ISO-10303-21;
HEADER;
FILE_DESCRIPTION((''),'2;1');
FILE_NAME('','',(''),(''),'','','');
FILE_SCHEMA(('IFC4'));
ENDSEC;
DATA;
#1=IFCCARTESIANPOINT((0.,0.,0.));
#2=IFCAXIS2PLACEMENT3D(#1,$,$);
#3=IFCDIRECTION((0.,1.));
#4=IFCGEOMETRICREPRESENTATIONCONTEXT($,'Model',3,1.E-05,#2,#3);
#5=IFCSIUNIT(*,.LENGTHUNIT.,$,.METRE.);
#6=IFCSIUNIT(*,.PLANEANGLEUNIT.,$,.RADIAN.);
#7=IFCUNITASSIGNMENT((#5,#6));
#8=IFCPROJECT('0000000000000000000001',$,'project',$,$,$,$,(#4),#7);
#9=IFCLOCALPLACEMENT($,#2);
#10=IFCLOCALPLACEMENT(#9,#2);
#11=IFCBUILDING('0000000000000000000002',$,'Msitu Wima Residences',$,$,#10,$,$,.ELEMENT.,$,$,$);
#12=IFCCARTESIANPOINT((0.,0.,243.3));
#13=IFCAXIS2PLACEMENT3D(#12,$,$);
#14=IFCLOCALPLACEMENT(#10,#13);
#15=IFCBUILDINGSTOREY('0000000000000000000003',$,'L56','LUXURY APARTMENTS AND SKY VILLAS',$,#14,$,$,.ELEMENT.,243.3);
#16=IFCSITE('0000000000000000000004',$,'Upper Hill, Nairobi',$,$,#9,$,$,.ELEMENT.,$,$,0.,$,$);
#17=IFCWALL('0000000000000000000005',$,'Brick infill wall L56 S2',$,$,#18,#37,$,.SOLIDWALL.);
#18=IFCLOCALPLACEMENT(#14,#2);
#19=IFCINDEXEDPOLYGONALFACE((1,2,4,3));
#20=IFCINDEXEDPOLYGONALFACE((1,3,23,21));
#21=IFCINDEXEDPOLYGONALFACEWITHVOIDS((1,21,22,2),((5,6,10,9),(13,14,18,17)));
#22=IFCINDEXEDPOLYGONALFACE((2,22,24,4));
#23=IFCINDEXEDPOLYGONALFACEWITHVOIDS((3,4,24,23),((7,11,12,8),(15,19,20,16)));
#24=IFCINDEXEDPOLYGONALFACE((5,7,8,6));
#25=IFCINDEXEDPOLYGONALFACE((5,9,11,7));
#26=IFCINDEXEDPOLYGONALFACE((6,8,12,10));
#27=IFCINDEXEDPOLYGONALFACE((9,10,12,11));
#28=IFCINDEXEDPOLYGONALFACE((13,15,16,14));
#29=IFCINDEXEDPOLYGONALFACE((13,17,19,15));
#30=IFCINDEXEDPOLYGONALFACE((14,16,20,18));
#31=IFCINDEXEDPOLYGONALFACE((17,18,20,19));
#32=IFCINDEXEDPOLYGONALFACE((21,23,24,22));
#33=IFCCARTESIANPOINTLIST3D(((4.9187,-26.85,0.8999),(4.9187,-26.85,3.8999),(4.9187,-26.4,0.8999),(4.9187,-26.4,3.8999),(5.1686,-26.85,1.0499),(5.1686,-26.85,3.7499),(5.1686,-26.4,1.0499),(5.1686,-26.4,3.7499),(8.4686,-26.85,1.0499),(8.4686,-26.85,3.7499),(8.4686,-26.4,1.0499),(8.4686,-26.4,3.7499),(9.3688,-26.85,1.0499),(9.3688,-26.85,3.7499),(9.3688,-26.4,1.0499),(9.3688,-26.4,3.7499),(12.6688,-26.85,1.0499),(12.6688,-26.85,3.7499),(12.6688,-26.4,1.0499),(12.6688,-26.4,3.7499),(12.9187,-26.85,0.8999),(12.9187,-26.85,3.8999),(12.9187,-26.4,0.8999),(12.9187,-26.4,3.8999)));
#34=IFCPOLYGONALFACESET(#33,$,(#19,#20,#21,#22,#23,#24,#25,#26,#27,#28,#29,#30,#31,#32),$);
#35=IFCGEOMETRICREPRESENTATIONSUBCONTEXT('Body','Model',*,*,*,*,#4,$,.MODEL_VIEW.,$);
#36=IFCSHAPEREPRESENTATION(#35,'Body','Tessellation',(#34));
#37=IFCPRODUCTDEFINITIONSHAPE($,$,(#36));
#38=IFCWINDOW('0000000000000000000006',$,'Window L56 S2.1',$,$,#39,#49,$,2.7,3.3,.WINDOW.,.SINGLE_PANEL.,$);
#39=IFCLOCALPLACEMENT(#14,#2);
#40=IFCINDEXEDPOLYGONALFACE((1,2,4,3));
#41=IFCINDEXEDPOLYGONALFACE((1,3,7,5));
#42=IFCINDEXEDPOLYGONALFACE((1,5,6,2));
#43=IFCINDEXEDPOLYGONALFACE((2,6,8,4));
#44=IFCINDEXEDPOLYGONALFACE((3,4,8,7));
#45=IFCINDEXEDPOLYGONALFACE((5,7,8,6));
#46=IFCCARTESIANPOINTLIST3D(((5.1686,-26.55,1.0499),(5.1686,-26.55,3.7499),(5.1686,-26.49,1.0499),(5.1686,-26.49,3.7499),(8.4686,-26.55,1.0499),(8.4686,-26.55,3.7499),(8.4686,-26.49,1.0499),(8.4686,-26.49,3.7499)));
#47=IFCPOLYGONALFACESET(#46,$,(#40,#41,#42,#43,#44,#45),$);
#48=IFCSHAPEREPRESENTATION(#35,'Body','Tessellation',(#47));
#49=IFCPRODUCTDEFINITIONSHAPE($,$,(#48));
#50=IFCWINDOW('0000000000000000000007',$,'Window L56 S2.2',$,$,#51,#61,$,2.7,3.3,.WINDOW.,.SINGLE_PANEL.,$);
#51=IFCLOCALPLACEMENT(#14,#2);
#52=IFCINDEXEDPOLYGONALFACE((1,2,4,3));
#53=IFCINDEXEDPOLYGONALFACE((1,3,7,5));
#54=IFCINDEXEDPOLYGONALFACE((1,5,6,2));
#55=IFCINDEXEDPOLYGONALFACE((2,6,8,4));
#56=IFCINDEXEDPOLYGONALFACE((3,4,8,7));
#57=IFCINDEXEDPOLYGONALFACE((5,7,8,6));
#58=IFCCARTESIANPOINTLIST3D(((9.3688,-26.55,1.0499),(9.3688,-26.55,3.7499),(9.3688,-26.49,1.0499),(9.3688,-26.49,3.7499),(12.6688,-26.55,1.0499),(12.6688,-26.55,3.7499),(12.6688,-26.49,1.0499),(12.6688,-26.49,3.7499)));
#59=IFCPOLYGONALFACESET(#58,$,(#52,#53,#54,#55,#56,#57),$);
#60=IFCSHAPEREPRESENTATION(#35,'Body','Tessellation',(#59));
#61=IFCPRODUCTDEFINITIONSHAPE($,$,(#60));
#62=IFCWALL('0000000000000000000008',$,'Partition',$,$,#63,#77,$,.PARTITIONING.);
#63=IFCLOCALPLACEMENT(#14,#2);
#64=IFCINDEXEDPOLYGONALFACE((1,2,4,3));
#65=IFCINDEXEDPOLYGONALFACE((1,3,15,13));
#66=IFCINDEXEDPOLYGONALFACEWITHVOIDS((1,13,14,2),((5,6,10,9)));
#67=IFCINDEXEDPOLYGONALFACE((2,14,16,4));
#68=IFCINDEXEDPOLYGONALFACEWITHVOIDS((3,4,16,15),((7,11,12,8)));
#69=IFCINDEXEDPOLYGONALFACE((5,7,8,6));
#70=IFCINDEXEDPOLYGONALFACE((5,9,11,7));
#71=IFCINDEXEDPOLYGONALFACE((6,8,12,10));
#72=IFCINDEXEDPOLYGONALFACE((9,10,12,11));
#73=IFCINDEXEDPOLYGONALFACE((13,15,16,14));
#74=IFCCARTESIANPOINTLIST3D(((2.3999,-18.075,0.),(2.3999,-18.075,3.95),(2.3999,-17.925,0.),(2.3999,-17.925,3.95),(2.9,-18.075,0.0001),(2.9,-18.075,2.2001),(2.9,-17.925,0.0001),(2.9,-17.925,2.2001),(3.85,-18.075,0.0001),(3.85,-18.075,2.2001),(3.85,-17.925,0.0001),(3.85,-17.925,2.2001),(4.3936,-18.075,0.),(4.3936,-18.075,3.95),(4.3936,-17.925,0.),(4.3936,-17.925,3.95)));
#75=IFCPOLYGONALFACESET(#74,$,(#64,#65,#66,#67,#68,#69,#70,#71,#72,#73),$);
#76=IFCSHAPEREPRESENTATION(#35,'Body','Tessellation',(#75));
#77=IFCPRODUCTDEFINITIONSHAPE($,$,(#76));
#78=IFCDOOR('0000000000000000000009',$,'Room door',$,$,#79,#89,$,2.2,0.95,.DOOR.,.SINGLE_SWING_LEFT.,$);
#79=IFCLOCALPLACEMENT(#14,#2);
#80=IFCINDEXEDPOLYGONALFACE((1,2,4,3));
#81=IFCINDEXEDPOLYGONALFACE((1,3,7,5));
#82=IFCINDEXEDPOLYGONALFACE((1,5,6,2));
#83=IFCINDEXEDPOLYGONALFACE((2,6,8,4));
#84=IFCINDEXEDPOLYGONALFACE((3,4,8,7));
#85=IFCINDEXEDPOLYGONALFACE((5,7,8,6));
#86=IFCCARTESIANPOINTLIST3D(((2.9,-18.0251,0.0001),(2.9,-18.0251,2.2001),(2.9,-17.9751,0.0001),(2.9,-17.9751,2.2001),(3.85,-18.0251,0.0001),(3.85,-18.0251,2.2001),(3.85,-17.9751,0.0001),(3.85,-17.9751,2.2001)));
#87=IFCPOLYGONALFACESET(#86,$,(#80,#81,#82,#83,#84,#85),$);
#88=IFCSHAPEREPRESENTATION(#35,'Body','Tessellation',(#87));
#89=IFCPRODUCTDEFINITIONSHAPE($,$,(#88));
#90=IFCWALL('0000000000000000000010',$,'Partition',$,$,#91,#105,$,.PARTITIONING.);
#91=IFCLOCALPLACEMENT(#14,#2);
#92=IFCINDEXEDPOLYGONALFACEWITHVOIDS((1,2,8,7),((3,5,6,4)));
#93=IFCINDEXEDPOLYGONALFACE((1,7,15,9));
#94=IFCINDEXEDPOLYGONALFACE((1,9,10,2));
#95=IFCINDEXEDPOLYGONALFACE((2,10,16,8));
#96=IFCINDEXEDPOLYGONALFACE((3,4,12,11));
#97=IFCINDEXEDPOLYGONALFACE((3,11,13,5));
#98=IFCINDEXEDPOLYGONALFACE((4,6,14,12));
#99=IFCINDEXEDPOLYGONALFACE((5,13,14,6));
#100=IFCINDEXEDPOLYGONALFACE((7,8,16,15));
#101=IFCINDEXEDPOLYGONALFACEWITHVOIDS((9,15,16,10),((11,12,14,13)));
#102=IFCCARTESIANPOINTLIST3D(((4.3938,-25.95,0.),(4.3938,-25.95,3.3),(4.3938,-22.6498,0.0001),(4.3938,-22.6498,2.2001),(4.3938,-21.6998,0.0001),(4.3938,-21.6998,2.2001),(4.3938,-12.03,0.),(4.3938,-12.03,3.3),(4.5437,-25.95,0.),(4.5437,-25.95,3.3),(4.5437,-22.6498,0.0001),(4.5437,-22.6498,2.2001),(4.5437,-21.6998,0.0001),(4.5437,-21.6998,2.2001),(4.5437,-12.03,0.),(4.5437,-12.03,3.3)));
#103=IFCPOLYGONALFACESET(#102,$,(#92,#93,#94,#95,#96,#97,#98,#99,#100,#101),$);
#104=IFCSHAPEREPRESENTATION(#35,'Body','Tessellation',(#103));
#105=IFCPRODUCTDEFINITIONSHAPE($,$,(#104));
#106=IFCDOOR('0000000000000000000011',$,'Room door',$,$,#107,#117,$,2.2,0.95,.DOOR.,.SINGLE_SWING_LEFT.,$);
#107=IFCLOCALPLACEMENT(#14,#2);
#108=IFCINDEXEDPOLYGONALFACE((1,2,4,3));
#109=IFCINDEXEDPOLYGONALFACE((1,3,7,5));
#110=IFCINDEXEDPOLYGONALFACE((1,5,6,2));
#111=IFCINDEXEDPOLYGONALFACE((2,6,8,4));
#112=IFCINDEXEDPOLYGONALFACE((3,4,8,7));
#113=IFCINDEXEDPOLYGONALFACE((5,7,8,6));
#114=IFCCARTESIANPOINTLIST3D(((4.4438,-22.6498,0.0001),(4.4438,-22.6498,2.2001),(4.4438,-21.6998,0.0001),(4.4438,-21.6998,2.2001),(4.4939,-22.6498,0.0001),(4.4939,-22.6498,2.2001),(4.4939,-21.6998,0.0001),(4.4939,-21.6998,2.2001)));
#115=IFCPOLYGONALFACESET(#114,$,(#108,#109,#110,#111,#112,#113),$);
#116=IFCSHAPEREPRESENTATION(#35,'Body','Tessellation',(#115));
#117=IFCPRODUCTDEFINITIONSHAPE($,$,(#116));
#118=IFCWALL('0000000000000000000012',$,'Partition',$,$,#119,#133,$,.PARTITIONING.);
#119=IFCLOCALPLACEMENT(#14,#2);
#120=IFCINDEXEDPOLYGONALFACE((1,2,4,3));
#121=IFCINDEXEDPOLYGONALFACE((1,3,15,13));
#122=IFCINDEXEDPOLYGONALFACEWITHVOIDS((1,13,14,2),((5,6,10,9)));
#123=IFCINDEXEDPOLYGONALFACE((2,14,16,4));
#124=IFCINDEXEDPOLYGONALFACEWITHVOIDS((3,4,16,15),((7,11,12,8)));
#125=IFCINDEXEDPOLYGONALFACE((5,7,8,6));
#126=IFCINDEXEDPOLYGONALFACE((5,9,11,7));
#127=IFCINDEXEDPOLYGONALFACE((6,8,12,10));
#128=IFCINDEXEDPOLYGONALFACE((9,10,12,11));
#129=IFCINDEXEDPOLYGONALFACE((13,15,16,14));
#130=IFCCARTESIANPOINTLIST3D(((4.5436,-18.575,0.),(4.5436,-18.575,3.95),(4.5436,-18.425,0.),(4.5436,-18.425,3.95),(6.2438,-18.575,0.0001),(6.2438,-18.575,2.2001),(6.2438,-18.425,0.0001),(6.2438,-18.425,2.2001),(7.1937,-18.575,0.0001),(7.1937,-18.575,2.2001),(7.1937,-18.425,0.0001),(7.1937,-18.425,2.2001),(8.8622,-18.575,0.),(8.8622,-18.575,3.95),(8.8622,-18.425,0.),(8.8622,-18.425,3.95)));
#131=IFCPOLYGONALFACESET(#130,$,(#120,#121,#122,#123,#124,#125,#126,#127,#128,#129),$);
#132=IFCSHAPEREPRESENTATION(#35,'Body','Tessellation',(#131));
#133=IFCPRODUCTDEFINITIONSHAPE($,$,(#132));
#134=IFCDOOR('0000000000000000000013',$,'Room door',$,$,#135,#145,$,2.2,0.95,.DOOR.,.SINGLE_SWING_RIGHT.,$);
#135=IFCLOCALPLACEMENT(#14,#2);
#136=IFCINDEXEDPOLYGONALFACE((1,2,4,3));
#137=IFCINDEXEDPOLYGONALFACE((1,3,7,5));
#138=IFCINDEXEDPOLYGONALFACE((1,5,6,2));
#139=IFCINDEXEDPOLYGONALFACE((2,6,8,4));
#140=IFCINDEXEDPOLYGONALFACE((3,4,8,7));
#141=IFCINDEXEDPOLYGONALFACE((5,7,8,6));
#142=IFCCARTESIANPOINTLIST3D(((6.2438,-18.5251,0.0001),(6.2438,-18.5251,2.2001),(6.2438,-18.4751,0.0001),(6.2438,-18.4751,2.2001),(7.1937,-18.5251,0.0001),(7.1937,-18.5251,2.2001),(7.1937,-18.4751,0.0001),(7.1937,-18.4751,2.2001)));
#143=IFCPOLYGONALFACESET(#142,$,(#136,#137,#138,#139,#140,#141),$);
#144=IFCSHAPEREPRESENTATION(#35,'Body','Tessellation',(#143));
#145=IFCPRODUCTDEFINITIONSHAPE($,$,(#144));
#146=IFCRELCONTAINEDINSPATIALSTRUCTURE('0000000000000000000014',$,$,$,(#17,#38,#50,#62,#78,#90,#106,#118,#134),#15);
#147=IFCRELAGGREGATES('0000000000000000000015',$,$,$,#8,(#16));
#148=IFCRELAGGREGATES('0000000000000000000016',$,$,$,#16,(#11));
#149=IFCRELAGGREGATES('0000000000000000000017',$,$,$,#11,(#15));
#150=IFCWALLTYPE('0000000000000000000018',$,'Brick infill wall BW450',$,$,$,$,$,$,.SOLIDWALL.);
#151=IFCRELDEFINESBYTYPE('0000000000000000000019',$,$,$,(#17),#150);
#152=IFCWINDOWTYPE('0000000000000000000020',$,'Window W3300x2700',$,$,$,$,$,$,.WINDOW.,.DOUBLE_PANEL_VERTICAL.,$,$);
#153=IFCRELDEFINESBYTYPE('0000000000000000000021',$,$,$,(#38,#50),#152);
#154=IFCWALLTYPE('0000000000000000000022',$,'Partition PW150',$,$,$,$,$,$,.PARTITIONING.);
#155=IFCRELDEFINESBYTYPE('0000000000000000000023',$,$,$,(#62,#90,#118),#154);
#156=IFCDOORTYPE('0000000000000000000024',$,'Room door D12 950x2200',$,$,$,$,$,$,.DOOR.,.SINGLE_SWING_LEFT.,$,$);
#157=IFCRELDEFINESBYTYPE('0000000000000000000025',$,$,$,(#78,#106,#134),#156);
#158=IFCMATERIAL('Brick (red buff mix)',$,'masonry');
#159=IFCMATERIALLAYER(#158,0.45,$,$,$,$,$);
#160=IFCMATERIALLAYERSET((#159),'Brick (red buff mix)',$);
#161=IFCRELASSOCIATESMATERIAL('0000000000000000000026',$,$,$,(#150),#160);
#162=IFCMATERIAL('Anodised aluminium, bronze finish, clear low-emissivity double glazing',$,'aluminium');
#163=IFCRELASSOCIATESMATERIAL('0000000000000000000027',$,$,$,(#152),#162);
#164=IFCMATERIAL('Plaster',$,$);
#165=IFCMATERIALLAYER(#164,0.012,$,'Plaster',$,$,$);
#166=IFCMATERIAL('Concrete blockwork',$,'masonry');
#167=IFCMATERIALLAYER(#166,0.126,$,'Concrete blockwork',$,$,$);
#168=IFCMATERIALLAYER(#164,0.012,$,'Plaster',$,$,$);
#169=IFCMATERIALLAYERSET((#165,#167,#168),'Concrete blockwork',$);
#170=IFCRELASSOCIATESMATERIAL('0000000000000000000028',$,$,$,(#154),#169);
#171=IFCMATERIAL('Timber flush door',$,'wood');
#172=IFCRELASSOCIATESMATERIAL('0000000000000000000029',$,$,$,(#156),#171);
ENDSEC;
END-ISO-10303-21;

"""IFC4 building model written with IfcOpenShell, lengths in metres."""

from ifc_helpers import new_model, si_unit, direction, frame, frame_2d, origin, place, context, subcontext, project, spatial, rectangle, extrude, material, layer, layer_set, type_object, element, fill, save


model = new_model("IFC4")

# Units and contexts
model_context = context("Model", 3, precision=1e-05, world=origin(), true_north=direction((0.0, 1.0)))
body_context = subcontext(model_context, "Body", "Model", "MODEL_VIEW")
ifc_project = project(units=[si_unit("LENGTHUNIT", "METRE"), si_unit("PLANEANGLEUNIT", "RADIAN")], contexts=[model_context])

# Site, building, storey
site_placement = place(None, origin())
site = spatial("IfcSite", under=ifc_project, at=site_placement, Name="Upper Hill, Nairobi", CompositionType="ELEMENT", RefElevation=0.0)
building_placement = place(site_placement, origin())
building = spatial("IfcBuilding", under=site, at=building_placement, Name="Msitu Wima Residences", CompositionType="ELEMENT")
storey_placement = place(building_placement, frame((0.0, 0.0, 243.3)))
storey = spatial("IfcBuildingStorey", under=building, at=storey_placement, Name="L56", Description="LUXURY APARTMENTS AND SKY VILLAS", CompositionType="ELEMENT", Elevation=243.3)

# Wall, openings, windows
ifc_material_1 = material(Name="Brick (red buff mix)", Category="masonry")
ifc_layer_1 = layer(ifc_material_1, 0.45)
ifc_layer_set_1 = layer_set([ifc_layer_1], Name="Brick (red buff mix)")
wall_type_1 = type_object("IfcWallType", Name="Brick infill wall BW450", PredefinedType="SOLIDWALL", material=ifc_layer_set_1)
wall_1_placement = place(storey_placement, frame((4.9187, -26.625, 0.8999), z_axis=(0.0, 0.0, 1.0), x_axis=(1.0, 0.0, 0.0)))
wall_1 = element("IfcWall", 1, at=wall_1_placement, inside=storey, type_object=wall_type_1, Name="Brick infill wall L56 S2", PredefinedType="SOLIDWALL", context=body_context, shape_type="SweptSolid", body=[
    extrude(rectangle(XDim=8.0, YDim=0.45, at=frame_2d((4.0, 0.0))), origin(), (0.0, 0.0, 1.0), 3.0),
])
opening_1_placement = place(wall_1_placement, frame((0.25, 0.0, 0.1499)))
opening_1 = element("IfcOpeningElement", 2, at=opening_1_placement, cuts=wall_1, PredefinedType="OPENING", context=body_context, shape_type="SweptSolid", body=[
    extrude(rectangle(XDim=3.3, YDim=2.7, at=frame_2d((1.6499, 1.3501))), frame((0.0, 0.2349, 0.0), z_axis=(0.0, -1.0, 0.0), x_axis=(1.0, 0.0, 0.0)), (0.0, 0.0, 1.0), 0.47),
])
opening_2_placement = place(wall_1_placement, frame((4.4502, 0.0, 0.1499)))
opening_2 = element("IfcOpeningElement", 3, at=opening_2_placement, cuts=wall_1, PredefinedType="OPENING", context=body_context, shape_type="SweptSolid", body=[
    extrude(rectangle(XDim=3.3, YDim=2.7, at=frame_2d((1.6499, 1.3501))), frame((0.0, 0.2349, 0.0), z_axis=(0.0, -1.0, 0.0), x_axis=(1.0, 0.0, 0.0)), (0.0, 0.0, 1.0), 0.47),
])
ifc_material_2 = material(Name="Anodised aluminium, bronze finish, clear low-emissivity double glazing", Category="aluminium")
window_type = type_object("IfcWindowType", Name="Window W3300x2700", PartitioningType="DOUBLE_PANEL_VERTICAL", PredefinedType="WINDOW", material=ifc_material_2)
window_1_placement = place(opening_1_placement, origin())
window_1 = element("IfcWindow", 4, at=window_1_placement, inside=storey, type_object=window_type, Name="Window L56 S2.1", OverallHeight=2.7, OverallWidth=3.3, PartitioningType="SINGLE_PANEL", PredefinedType="WINDOW", context=body_context, shape_type="SweptSolid", body=[
    extrude(rectangle(XDim=3.3, YDim=2.7, at=frame_2d((1.6499, 1.3501))), frame((0.0, 0.135, 0.0), z_axis=(0.0, -1.0, 0.0), x_axis=(1.0, 0.0, 0.0)), (0.0, 0.0, 1.0), 0.0601),
])
fill(opening_1, window_1)
window_2_placement = place(opening_2_placement, origin())
window_2 = element("IfcWindow", 5, at=window_2_placement, inside=storey, type_object=window_type, Name="Window L56 S2.2", OverallHeight=2.7, OverallWidth=3.3, PartitioningType="SINGLE_PANEL", PredefinedType="WINDOW", context=body_context, shape_type="SweptSolid", body=[
    extrude(rectangle(XDim=3.3, YDim=2.7, at=frame_2d((1.6499, 1.3501))), frame((0.0, 0.135, 0.0), z_axis=(0.0, -1.0, 0.0), x_axis=(1.0, 0.0, 0.0)), (0.0, 0.0, 1.0), 0.0601),
])
fill(opening_2, window_2)

# Walls, openings, doors
ifc_material_3 = material(Name="Plaster")
ifc_layer_2 = layer(ifc_material_3, 0.012, Name="Plaster")
ifc_material_4 = material(Name="Concrete blockwork", Category="masonry")
ifc_layer_3 = layer(ifc_material_4, 0.126, Name="Concrete blockwork")
ifc_layer_4 = layer(ifc_material_3, 0.012, Name="Plaster")
ifc_layer_set_2 = layer_set([ifc_layer_2, ifc_layer_3, ifc_layer_4], Name="Concrete blockwork")
wall_type_2 = type_object("IfcWallType", Name="Partition PW150", PredefinedType="PARTITIONING", material=ifc_layer_set_2)
wall_2_placement = place(storey_placement, frame((2.3999, -18.0, 0.0), z_axis=(0.0, 0.0, 1.0), x_axis=(1.0, 0.0, 0.0)))
wall_2 = element("IfcWall", 6, at=wall_2_placement, inside=storey, type_object=wall_type_2, Name="Partition", PredefinedType="PARTITIONING", context=body_context, shape_type="SweptSolid", body=[
    extrude(rectangle(XDim=1.9937, YDim=0.1499, at=frame_2d((0.9968, 0.0))), origin(), (0.0, 0.0, 1.0), 3.95),
])
opening_3_placement = place(wall_2_placement, frame((0.5, 0.0, 0.0)))
opening_3 = element("IfcOpeningElement", 7, at=opening_3_placement, cuts=wall_2, PredefinedType="OPENING", context=body_context, shape_type="SweptSolid", body=[
    extrude(rectangle(XDim=0.95, YDim=2.2, at=frame_2d((0.4751, 1.1001))), frame((0.0, 0.085, 0.0), z_axis=(0.0, -1.0, 0.0), x_axis=(1.0, 0.0, 0.0)), (0.0, 0.0, 1.0), 0.1699),
])
ifc_material_5 = material(Name="Timber flush door", Category="wood")
door_type_1 = type_object("IfcDoorType", Name="Room door D12 950x2200", OperationType="SINGLE_SWING_LEFT", PredefinedType="DOOR", material=ifc_material_5)
door_1_placement = place(opening_3_placement, origin())
door_1 = element("IfcDoor", 8, at=door_1_placement, inside=storey, type_object=door_type_1, Name="Room door", OperationType="SINGLE_SWING_LEFT", OverallHeight=2.2, OverallWidth=0.95, PredefinedType="DOOR", context=body_context, shape_type="SweptSolid", body=[
    extrude(rectangle(XDim=0.95, YDim=2.2, at=frame_2d((0.4751, 1.1001))), frame((0.0, 0.0249, 0.0), z_axis=(0.0, -1.0, 0.0), x_axis=(1.0, 0.0, 0.0)), (0.0, 0.0, 1.0), 0.05),
])
fill(opening_3, door_1)
wall_3_placement = place(storey_placement, frame((4.4688, -25.95, 0.0), z_axis=(0.0, 0.0, 1.0), x_axis=(0.0, 1.0, 0.0)))
wall_3 = element("IfcWall", 9, at=wall_3_placement, inside=storey, type_object=wall_type_2, Name="Partition", PredefinedType="PARTITIONING", context=body_context, shape_type="SweptSolid", body=[
    extrude(rectangle(XDim=13.9199, YDim=0.1499, at=frame_2d((6.96, 0.0))), origin(), (0.0, 0.0, 1.0), 3.3),
])
opening_4_placement = place(wall_3_placement, frame((3.3, 0.0, 0.0)))
opening_4 = element("IfcOpeningElement", 10, at=opening_4_placement, cuts=wall_3, PredefinedType="OPENING", context=body_context, shape_type="SweptSolid", body=[
    extrude(rectangle(XDim=0.95, YDim=2.2, at=frame_2d((0.4751, 1.1001))), frame((0.0, 0.085, 0.0), z_axis=(0.0, -1.0, 0.0), x_axis=(1.0, 0.0, 0.0)), (0.0, 0.0, 1.0), 0.1699),
])
door_2_placement = place(opening_4_placement, origin())
door_2 = element("IfcDoor", 11, at=door_2_placement, inside=storey, type_object=door_type_1, Name="Room door", OperationType="SINGLE_SWING_LEFT", OverallHeight=2.2, OverallWidth=0.95, PredefinedType="DOOR", context=body_context, shape_type="SweptSolid", body=[
    extrude(rectangle(XDim=0.95, YDim=2.2, at=frame_2d((0.4751, 1.1001))), frame((0.0, 0.0249, 0.0), z_axis=(0.0, -1.0, 0.0), x_axis=(1.0, 0.0, 0.0)), (0.0, 0.0, 1.0), 0.05),
])
fill(opening_4, door_2)
wall_4_placement = place(storey_placement, frame((4.5437, -18.5, 0.0), z_axis=(0.0, 0.0, 1.0), x_axis=(1.0, 0.0, 0.0)))
wall_4 = element("IfcWall", 12, at=wall_4_placement, inside=storey, type_object=wall_type_2, Name="Partition", PredefinedType="PARTITIONING", context=body_context, shape_type="SweptSolid", body=[
    extrude(rectangle(XDim=4.3186, YDim=0.1499, at=frame_2d((2.1592, 0.0))), origin(), (0.0, 0.0, 1.0), 3.95),
])
opening_5_placement = place(wall_4_placement, frame((1.7, 0.0, 0.0)))
opening_5 = element("IfcOpeningElement", 13, at=opening_5_placement, cuts=wall_4, PredefinedType="OPENING", context=body_context, shape_type="SweptSolid", body=[
    extrude(rectangle(XDim=0.95, YDim=2.2, at=frame_2d((0.4751, 1.1001))), frame((0.0, 0.085, 0.0), z_axis=(0.0, -1.0, 0.0), x_axis=(1.0, 0.0, 0.0)), (0.0, 0.0, 1.0), 0.1699),
])
door_3_placement = place(opening_5_placement, origin())
door_3 = element("IfcDoor", 14, at=door_3_placement, inside=storey, type_object=door_type_1, Name="Room door", OperationType="SINGLE_SWING_RIGHT", OverallHeight=2.2, OverallWidth=0.95, PredefinedType="DOOR", context=body_context, shape_type="SweptSolid", body=[
    extrude(rectangle(XDim=0.95, YDim=2.2, at=frame_2d((0.4751, 1.1001))), frame((0.0, 0.0249, 0.0), z_axis=(0.0, -1.0, 0.0), x_axis=(1.0, 0.0, 0.0)), (0.0, 0.0, 1.0), 0.05),
])
fill(opening_5, door_3)

save(model, "model.ifc")
